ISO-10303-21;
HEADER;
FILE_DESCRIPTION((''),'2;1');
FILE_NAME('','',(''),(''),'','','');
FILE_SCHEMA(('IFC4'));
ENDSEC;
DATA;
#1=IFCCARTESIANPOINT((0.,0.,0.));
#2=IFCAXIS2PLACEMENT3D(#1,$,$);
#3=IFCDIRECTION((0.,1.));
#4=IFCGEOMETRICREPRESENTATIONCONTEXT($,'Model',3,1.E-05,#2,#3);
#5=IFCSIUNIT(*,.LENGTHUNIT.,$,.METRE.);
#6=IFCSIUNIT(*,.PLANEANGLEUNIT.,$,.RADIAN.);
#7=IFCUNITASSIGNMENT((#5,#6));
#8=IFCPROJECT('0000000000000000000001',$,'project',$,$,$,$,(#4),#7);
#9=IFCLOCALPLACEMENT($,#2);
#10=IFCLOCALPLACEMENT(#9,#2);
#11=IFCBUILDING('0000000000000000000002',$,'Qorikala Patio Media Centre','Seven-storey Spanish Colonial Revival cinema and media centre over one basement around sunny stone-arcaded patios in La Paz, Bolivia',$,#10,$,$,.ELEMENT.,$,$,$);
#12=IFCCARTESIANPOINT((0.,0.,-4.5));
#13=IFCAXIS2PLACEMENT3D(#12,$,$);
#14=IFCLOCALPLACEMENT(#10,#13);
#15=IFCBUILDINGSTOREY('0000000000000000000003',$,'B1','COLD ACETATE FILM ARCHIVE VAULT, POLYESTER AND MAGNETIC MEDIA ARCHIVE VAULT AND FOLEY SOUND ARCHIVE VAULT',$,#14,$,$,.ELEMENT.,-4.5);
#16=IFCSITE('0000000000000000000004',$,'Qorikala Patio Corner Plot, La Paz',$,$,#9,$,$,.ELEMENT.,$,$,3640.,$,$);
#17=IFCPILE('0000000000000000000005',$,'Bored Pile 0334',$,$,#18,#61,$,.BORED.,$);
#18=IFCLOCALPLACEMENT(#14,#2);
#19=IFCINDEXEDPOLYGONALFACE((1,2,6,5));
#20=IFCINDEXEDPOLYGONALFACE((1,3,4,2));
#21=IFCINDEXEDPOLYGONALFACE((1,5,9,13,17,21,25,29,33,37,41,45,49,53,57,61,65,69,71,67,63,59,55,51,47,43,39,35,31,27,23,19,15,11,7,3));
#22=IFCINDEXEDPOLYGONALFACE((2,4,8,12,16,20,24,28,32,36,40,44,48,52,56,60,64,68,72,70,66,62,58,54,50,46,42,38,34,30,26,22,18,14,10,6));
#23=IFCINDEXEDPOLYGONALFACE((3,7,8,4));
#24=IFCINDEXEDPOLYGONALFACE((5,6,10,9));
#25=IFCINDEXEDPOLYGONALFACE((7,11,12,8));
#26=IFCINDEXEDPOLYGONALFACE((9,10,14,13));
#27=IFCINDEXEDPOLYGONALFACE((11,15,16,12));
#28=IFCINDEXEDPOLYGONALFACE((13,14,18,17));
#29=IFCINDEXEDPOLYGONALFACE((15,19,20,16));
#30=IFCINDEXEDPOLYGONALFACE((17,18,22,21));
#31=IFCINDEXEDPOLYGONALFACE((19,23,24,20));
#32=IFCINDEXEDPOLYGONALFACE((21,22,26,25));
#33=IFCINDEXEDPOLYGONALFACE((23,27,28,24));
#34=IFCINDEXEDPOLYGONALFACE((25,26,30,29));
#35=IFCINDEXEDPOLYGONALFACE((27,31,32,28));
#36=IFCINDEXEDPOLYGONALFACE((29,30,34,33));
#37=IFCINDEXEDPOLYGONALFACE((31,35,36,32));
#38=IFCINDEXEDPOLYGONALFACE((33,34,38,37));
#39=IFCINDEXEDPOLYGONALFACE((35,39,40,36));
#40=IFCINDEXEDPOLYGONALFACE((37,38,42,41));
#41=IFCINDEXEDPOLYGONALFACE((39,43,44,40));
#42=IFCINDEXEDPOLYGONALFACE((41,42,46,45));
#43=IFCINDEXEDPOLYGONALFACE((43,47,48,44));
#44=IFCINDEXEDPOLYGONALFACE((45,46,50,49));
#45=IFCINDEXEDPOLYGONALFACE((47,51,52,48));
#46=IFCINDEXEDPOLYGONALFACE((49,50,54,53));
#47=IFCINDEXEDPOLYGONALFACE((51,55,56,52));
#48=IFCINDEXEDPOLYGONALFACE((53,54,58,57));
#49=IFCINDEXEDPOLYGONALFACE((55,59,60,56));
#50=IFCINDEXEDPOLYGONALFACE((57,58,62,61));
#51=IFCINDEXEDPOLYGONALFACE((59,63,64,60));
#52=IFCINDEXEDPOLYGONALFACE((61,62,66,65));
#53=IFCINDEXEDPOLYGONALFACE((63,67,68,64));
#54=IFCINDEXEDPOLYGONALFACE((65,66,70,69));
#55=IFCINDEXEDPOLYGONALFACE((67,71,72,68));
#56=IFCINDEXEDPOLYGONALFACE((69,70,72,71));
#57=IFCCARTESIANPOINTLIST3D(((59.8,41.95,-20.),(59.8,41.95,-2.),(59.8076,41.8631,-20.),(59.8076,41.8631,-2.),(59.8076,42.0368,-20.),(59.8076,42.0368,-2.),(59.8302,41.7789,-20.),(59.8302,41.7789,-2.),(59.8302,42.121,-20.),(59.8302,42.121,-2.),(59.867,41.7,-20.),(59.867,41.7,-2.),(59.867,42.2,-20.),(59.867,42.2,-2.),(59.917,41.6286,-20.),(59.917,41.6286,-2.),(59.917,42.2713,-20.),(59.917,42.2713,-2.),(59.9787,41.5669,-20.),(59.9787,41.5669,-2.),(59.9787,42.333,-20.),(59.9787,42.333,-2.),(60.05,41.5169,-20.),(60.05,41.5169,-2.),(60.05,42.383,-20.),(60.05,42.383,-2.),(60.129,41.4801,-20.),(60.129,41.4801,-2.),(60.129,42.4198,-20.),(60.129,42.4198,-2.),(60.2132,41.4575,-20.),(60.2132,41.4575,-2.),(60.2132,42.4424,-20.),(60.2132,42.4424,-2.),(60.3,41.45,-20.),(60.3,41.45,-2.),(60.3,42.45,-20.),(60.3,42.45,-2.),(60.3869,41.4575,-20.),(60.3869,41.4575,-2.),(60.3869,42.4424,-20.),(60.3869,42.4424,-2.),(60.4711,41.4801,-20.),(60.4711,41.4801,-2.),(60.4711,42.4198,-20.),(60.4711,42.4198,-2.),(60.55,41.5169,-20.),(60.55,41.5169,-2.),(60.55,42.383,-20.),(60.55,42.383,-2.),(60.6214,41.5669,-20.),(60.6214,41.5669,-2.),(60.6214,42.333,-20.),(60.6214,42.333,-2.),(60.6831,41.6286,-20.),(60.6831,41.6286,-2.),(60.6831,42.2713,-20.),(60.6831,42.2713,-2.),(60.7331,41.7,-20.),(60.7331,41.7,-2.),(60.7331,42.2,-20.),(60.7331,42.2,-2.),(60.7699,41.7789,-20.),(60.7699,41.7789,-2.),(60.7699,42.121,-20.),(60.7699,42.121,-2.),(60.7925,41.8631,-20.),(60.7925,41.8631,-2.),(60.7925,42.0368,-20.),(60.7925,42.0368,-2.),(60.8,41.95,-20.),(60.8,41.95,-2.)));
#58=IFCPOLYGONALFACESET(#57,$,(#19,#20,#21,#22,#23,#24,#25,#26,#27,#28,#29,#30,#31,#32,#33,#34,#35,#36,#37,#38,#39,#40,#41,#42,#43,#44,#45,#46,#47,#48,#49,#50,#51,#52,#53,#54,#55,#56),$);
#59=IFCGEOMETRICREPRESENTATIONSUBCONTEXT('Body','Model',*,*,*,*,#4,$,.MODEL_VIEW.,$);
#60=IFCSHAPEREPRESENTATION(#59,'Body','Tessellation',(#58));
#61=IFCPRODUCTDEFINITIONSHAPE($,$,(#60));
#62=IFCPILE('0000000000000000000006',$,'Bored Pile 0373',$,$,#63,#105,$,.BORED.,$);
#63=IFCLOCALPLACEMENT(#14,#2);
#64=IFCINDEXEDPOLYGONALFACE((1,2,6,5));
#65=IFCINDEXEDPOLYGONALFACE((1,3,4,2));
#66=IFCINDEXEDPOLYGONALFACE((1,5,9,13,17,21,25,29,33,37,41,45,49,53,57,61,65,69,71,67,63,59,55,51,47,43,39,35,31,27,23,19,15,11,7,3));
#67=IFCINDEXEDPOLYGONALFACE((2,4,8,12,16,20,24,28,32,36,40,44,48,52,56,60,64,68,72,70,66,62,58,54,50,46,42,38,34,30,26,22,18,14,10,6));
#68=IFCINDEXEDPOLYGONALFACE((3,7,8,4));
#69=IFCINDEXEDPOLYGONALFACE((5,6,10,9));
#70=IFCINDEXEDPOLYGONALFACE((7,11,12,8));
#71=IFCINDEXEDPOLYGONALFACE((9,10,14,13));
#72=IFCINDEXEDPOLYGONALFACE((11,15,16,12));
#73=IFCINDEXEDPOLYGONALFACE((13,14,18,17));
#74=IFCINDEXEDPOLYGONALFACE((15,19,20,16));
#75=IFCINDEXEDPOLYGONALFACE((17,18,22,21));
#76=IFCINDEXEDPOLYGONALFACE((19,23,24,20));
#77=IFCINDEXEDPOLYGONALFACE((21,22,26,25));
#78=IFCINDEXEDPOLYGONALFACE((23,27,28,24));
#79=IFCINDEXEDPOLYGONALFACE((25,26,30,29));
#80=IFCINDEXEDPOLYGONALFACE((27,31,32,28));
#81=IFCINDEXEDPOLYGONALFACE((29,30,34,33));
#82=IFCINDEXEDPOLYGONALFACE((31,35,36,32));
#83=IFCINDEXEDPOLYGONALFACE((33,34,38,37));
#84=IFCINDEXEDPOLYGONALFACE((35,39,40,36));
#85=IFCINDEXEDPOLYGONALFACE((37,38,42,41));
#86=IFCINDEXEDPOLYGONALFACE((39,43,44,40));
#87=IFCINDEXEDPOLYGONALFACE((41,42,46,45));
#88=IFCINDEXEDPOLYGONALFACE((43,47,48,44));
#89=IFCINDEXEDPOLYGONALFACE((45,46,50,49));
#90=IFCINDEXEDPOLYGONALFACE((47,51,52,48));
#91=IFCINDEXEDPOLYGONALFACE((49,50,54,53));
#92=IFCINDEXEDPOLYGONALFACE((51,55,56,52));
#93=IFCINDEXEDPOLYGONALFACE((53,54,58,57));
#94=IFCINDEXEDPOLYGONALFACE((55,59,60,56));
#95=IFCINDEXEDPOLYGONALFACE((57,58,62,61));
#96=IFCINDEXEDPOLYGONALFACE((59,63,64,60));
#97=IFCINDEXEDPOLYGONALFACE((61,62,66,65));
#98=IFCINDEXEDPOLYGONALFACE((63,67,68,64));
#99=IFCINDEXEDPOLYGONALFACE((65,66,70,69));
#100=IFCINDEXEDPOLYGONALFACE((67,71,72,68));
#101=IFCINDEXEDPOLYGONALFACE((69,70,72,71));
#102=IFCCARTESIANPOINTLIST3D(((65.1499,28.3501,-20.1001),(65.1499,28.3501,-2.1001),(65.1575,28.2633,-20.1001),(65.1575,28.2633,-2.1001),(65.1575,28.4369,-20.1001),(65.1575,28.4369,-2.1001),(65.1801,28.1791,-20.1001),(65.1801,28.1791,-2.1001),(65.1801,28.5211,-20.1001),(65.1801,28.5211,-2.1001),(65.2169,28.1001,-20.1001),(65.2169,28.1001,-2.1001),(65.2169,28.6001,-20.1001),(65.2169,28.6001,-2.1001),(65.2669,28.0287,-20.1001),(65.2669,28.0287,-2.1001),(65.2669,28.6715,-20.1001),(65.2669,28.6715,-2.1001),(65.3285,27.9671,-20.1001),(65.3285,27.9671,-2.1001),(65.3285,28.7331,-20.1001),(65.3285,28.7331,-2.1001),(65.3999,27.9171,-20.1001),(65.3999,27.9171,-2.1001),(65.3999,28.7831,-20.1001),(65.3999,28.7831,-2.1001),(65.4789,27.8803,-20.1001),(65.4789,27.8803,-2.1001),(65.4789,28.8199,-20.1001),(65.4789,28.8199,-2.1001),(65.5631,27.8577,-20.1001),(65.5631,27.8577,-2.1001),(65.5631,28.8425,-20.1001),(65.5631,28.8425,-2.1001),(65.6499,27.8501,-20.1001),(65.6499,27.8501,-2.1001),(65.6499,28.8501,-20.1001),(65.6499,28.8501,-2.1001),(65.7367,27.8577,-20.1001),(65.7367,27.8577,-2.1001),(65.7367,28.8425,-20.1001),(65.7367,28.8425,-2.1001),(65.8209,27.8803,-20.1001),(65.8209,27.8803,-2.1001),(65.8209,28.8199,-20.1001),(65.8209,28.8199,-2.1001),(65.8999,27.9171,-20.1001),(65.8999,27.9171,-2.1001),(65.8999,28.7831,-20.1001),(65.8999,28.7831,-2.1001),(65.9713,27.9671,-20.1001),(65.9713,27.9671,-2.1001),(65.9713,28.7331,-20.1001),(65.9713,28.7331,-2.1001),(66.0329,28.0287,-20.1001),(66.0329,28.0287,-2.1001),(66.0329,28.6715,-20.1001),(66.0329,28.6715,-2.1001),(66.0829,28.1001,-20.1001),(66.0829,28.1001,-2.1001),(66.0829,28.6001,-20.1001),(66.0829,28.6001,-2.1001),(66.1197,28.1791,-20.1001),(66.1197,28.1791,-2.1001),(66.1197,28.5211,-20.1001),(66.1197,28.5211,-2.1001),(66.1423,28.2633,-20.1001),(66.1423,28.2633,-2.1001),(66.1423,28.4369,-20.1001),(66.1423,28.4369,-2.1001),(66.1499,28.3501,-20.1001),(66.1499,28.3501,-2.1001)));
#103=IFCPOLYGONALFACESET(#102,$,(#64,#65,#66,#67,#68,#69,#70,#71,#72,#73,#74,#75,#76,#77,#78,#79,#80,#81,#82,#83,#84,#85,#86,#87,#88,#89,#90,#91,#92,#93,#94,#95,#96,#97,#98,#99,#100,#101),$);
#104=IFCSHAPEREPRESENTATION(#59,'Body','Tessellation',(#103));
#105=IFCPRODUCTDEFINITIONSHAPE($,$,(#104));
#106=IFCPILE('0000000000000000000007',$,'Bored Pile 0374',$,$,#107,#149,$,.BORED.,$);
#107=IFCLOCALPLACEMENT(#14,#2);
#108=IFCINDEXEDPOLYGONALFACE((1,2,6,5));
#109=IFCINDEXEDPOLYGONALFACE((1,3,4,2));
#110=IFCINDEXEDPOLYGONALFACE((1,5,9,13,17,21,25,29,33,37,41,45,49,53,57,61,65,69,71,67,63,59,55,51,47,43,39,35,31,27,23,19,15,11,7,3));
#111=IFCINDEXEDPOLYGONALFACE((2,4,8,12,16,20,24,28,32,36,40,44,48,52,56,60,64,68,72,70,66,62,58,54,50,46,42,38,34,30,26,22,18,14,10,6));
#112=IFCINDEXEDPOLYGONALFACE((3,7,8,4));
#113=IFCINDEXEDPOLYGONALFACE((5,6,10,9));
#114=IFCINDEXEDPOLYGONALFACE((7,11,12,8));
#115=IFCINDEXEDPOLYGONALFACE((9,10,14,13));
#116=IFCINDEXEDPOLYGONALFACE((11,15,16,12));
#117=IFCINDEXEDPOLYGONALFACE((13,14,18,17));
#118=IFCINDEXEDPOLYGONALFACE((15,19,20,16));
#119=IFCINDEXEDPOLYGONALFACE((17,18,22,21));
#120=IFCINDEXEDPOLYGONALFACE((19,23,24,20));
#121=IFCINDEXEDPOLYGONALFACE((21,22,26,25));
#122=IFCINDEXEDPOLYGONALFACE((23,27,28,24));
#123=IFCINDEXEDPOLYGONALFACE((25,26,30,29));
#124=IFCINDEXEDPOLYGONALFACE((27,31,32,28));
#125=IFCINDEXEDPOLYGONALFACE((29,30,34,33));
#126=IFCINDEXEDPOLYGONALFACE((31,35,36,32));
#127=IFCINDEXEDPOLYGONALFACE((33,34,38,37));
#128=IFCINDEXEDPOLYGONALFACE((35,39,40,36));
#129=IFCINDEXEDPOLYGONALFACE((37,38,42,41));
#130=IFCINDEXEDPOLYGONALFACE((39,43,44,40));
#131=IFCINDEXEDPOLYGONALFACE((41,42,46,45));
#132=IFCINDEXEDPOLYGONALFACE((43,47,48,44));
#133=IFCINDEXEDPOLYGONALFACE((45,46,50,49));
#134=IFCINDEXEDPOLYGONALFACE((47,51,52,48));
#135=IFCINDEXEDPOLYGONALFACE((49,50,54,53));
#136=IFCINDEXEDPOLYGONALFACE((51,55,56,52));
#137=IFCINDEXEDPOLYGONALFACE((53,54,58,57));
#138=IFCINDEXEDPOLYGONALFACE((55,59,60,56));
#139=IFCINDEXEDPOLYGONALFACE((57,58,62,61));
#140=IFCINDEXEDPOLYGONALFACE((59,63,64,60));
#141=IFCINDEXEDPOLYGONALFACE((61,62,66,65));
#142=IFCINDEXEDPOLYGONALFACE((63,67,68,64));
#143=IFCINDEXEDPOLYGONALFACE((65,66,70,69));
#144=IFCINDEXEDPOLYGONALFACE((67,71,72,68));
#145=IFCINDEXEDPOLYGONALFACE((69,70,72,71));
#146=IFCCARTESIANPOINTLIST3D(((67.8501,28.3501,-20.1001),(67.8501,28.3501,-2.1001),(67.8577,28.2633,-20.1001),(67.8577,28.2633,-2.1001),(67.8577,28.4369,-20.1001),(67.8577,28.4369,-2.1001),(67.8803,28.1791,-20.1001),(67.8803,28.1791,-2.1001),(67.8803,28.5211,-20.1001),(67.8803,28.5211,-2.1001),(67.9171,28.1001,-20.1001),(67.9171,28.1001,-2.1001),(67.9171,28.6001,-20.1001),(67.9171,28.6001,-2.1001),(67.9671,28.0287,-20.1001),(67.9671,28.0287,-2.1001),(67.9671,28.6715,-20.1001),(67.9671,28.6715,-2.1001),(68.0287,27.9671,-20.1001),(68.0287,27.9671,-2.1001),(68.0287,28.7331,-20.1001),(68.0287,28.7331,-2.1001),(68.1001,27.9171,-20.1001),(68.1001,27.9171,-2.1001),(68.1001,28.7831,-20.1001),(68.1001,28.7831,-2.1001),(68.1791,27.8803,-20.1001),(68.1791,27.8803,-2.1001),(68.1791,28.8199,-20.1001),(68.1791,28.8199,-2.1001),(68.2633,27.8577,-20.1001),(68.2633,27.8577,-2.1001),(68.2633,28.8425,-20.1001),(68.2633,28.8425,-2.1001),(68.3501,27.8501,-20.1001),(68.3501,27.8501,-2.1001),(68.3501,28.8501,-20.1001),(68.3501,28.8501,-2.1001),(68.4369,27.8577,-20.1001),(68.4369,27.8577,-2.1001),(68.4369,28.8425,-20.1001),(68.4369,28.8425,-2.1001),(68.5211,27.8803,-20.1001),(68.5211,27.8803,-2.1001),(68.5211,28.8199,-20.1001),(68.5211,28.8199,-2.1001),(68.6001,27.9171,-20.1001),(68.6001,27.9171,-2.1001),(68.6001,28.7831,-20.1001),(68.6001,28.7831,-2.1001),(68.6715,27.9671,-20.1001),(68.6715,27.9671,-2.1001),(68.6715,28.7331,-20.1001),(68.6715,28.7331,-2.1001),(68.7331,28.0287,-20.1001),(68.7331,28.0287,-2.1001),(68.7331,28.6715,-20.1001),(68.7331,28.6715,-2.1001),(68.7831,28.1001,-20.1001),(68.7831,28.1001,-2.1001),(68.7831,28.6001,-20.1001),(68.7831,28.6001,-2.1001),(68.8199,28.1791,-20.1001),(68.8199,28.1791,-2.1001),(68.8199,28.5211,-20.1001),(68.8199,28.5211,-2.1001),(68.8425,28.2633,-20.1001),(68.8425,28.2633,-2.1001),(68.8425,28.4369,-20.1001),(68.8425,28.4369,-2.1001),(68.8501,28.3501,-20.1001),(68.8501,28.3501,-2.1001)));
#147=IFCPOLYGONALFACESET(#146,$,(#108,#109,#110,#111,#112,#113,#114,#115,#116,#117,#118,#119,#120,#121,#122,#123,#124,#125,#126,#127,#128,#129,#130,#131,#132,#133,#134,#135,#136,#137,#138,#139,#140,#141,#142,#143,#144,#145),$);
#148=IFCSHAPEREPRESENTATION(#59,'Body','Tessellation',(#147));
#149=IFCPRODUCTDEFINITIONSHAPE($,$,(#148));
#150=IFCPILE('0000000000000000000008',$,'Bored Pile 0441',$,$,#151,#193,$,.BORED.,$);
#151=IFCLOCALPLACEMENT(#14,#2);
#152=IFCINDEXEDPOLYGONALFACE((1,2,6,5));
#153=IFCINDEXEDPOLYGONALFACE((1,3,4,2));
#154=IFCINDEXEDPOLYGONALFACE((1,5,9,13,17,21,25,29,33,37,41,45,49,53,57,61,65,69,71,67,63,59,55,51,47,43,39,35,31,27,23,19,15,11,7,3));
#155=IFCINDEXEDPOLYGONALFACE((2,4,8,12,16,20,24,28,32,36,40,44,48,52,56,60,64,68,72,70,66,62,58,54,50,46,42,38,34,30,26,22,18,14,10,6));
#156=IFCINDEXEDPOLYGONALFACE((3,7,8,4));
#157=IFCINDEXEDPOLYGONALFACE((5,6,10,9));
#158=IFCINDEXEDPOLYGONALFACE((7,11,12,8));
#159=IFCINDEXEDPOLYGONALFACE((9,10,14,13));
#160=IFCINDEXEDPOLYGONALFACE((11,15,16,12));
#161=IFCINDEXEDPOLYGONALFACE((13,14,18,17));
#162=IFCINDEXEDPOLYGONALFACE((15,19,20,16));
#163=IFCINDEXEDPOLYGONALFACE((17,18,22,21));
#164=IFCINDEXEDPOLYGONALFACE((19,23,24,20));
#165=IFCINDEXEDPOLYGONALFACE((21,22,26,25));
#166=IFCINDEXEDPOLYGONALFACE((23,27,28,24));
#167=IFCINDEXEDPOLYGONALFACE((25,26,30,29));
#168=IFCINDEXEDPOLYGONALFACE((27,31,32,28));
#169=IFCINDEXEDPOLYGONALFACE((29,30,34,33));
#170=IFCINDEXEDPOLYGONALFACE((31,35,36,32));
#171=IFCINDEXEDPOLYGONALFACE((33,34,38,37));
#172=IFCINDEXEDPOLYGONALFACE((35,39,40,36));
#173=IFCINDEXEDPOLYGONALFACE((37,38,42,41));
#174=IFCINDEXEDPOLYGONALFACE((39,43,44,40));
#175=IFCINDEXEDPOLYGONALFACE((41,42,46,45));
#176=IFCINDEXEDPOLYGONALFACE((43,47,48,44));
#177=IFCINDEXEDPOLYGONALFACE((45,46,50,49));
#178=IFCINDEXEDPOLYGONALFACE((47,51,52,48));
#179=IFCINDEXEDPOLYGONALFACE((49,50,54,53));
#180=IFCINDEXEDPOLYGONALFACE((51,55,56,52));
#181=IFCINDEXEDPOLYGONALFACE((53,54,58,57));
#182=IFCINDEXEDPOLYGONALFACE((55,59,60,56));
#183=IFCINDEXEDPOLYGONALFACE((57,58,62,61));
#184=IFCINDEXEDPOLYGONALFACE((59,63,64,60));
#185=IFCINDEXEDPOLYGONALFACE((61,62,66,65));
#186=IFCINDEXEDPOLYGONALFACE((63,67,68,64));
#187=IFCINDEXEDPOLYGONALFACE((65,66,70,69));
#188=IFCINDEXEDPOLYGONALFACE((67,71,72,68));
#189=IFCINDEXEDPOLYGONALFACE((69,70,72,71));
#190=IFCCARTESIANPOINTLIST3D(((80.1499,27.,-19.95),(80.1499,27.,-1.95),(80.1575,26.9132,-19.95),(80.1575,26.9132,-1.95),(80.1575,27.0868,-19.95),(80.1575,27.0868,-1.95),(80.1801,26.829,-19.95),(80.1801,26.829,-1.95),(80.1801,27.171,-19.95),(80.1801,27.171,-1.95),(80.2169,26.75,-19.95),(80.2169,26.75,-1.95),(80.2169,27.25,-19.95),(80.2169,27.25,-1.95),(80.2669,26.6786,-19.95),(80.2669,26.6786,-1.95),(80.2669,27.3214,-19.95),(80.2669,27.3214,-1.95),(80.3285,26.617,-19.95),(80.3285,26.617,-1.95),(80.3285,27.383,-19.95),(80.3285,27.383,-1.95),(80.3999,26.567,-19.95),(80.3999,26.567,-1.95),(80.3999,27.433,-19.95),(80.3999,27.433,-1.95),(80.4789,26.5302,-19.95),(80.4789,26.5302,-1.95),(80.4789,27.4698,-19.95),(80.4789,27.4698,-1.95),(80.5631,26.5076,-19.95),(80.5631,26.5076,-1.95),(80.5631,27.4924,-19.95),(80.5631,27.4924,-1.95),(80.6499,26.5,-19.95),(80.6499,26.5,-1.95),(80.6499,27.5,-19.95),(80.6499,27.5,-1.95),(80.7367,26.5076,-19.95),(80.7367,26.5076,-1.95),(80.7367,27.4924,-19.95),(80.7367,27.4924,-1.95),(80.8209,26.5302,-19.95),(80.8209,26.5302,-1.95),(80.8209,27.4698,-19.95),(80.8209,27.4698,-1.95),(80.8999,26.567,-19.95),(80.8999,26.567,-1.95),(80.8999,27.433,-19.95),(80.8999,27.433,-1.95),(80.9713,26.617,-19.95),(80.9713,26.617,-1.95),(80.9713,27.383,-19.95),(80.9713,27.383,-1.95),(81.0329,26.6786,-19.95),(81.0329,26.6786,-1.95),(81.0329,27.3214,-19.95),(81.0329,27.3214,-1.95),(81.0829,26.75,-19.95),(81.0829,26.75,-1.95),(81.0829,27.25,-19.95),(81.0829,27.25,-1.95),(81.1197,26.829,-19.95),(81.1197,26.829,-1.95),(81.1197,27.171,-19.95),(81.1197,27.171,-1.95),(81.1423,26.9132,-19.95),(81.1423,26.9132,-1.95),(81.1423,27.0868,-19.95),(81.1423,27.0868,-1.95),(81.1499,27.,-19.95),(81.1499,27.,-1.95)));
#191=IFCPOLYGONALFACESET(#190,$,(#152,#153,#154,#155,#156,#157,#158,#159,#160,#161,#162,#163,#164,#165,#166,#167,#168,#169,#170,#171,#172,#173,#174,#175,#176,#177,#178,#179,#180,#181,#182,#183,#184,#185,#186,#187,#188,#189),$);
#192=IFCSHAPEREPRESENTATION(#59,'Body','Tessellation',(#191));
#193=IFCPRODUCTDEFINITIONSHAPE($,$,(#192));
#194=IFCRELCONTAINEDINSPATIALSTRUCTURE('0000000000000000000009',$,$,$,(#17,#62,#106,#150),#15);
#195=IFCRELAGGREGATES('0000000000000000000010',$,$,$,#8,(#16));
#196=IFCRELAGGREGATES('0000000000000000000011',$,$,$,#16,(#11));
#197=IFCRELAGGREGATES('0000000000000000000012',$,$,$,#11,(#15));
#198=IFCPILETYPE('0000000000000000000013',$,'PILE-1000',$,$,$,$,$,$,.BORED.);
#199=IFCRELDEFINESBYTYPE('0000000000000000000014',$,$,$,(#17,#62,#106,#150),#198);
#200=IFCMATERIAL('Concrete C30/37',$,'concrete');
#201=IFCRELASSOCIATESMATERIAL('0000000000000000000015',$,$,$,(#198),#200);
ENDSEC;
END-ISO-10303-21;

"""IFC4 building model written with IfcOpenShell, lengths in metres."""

from ifc_helpers import new_model, si_unit, direction, frame, origin, origin_2d, place, context, subcontext, project, spatial, circle, extrude, material, material_profile, profile_set, type_object, element, save


model = new_model("IFC4")

# Units and contexts
model_context = context("Model", 3, precision=1e-05, world=origin(), true_north=direction((0.0, 1.0)))
body_context = subcontext(model_context, "Body", "Model", "MODEL_VIEW")
ifc_project = project(units=[si_unit("LENGTHUNIT", "METRE"), si_unit("PLANEANGLEUNIT", "RADIAN")], contexts=[model_context])

# Site, building, storey
site_placement = place(None, origin())
site = spatial("IfcSite", under=ifc_project, at=site_placement, Name="Qorikala Patio Corner Plot, La Paz", CompositionType="ELEMENT", RefElevation=3640.0)
building_placement = place(site_placement, origin())
building = spatial("IfcBuilding", under=site, at=building_placement, Name="Qorikala Patio Media Centre", Description="Seven-storey Spanish Colonial Revival cinema and media centre over one basement around sunny stone-arcaded patios in La Paz, Bolivia", CompositionType="ELEMENT")
storey_placement = place(building_placement, frame((0.0, 0.0, -4.5)))
storey = spatial("IfcBuildingStorey", under=building, at=storey_placement, Name="B1", Description="COLD ACETATE FILM ARCHIVE VAULT, POLYESTER AND MAGNETIC MEDIA ARCHIVE VAULT AND FOLEY SOUND ARCHIVE VAULT", CompositionType="ELEMENT", Elevation=-4.5)

# Shared definitions
ifc_material_1 = material(Name="Concrete C30/37", Category="concrete")

# Piles
ifc_material_profile_1 = material_profile(ifc_material_1, circle(Radius=0.5, at=origin_2d()), Name="BORED PILE 1000")
ifc_profile_set_1 = profile_set([ifc_material_profile_1], Name="Concrete C30/37")
pile_type_1 = type_object("IfcPileType", Name="PILE-1000", PredefinedType="BORED", material=ifc_profile_set_1)
for number, where, z_axis, x_axis, name in (
    (1, (60.3, 41.95, -2.0), (0.0, 0.0, -1.0), (1.0, 0.0, 0.0), "Bored Pile 0334"),
    (2, (65.6499, 28.3501, -2.1001), (0.0, 0.0, -1.0), (1.0, 0.0, 0.0), "Bored Pile 0373"),
    (3, (68.3501, 28.3501, -2.1001), (0.0, 0.0, -1.0), (1.0, 0.0, 0.0), "Bored Pile 0374"),
    (4, (80.6499, 27.0, -1.95), (0.0, 0.0, -1.0), (1.0, 0.0, 0.0), "Bored Pile 0441"),
):
    element("IfcPile", number, at=place(storey_placement, frame(where, z_axis=z_axis, x_axis=x_axis)), inside=storey, type_object=pile_type_1, Name=name, PredefinedType="BORED", context=body_context, shape_type="SweptSolid", body=[
        extrude(circle(Radius=0.5, at=origin_2d()), origin(), (0.0, 0.0, 1.0), 18.0),
    ])

save(model, "model.ifc")
